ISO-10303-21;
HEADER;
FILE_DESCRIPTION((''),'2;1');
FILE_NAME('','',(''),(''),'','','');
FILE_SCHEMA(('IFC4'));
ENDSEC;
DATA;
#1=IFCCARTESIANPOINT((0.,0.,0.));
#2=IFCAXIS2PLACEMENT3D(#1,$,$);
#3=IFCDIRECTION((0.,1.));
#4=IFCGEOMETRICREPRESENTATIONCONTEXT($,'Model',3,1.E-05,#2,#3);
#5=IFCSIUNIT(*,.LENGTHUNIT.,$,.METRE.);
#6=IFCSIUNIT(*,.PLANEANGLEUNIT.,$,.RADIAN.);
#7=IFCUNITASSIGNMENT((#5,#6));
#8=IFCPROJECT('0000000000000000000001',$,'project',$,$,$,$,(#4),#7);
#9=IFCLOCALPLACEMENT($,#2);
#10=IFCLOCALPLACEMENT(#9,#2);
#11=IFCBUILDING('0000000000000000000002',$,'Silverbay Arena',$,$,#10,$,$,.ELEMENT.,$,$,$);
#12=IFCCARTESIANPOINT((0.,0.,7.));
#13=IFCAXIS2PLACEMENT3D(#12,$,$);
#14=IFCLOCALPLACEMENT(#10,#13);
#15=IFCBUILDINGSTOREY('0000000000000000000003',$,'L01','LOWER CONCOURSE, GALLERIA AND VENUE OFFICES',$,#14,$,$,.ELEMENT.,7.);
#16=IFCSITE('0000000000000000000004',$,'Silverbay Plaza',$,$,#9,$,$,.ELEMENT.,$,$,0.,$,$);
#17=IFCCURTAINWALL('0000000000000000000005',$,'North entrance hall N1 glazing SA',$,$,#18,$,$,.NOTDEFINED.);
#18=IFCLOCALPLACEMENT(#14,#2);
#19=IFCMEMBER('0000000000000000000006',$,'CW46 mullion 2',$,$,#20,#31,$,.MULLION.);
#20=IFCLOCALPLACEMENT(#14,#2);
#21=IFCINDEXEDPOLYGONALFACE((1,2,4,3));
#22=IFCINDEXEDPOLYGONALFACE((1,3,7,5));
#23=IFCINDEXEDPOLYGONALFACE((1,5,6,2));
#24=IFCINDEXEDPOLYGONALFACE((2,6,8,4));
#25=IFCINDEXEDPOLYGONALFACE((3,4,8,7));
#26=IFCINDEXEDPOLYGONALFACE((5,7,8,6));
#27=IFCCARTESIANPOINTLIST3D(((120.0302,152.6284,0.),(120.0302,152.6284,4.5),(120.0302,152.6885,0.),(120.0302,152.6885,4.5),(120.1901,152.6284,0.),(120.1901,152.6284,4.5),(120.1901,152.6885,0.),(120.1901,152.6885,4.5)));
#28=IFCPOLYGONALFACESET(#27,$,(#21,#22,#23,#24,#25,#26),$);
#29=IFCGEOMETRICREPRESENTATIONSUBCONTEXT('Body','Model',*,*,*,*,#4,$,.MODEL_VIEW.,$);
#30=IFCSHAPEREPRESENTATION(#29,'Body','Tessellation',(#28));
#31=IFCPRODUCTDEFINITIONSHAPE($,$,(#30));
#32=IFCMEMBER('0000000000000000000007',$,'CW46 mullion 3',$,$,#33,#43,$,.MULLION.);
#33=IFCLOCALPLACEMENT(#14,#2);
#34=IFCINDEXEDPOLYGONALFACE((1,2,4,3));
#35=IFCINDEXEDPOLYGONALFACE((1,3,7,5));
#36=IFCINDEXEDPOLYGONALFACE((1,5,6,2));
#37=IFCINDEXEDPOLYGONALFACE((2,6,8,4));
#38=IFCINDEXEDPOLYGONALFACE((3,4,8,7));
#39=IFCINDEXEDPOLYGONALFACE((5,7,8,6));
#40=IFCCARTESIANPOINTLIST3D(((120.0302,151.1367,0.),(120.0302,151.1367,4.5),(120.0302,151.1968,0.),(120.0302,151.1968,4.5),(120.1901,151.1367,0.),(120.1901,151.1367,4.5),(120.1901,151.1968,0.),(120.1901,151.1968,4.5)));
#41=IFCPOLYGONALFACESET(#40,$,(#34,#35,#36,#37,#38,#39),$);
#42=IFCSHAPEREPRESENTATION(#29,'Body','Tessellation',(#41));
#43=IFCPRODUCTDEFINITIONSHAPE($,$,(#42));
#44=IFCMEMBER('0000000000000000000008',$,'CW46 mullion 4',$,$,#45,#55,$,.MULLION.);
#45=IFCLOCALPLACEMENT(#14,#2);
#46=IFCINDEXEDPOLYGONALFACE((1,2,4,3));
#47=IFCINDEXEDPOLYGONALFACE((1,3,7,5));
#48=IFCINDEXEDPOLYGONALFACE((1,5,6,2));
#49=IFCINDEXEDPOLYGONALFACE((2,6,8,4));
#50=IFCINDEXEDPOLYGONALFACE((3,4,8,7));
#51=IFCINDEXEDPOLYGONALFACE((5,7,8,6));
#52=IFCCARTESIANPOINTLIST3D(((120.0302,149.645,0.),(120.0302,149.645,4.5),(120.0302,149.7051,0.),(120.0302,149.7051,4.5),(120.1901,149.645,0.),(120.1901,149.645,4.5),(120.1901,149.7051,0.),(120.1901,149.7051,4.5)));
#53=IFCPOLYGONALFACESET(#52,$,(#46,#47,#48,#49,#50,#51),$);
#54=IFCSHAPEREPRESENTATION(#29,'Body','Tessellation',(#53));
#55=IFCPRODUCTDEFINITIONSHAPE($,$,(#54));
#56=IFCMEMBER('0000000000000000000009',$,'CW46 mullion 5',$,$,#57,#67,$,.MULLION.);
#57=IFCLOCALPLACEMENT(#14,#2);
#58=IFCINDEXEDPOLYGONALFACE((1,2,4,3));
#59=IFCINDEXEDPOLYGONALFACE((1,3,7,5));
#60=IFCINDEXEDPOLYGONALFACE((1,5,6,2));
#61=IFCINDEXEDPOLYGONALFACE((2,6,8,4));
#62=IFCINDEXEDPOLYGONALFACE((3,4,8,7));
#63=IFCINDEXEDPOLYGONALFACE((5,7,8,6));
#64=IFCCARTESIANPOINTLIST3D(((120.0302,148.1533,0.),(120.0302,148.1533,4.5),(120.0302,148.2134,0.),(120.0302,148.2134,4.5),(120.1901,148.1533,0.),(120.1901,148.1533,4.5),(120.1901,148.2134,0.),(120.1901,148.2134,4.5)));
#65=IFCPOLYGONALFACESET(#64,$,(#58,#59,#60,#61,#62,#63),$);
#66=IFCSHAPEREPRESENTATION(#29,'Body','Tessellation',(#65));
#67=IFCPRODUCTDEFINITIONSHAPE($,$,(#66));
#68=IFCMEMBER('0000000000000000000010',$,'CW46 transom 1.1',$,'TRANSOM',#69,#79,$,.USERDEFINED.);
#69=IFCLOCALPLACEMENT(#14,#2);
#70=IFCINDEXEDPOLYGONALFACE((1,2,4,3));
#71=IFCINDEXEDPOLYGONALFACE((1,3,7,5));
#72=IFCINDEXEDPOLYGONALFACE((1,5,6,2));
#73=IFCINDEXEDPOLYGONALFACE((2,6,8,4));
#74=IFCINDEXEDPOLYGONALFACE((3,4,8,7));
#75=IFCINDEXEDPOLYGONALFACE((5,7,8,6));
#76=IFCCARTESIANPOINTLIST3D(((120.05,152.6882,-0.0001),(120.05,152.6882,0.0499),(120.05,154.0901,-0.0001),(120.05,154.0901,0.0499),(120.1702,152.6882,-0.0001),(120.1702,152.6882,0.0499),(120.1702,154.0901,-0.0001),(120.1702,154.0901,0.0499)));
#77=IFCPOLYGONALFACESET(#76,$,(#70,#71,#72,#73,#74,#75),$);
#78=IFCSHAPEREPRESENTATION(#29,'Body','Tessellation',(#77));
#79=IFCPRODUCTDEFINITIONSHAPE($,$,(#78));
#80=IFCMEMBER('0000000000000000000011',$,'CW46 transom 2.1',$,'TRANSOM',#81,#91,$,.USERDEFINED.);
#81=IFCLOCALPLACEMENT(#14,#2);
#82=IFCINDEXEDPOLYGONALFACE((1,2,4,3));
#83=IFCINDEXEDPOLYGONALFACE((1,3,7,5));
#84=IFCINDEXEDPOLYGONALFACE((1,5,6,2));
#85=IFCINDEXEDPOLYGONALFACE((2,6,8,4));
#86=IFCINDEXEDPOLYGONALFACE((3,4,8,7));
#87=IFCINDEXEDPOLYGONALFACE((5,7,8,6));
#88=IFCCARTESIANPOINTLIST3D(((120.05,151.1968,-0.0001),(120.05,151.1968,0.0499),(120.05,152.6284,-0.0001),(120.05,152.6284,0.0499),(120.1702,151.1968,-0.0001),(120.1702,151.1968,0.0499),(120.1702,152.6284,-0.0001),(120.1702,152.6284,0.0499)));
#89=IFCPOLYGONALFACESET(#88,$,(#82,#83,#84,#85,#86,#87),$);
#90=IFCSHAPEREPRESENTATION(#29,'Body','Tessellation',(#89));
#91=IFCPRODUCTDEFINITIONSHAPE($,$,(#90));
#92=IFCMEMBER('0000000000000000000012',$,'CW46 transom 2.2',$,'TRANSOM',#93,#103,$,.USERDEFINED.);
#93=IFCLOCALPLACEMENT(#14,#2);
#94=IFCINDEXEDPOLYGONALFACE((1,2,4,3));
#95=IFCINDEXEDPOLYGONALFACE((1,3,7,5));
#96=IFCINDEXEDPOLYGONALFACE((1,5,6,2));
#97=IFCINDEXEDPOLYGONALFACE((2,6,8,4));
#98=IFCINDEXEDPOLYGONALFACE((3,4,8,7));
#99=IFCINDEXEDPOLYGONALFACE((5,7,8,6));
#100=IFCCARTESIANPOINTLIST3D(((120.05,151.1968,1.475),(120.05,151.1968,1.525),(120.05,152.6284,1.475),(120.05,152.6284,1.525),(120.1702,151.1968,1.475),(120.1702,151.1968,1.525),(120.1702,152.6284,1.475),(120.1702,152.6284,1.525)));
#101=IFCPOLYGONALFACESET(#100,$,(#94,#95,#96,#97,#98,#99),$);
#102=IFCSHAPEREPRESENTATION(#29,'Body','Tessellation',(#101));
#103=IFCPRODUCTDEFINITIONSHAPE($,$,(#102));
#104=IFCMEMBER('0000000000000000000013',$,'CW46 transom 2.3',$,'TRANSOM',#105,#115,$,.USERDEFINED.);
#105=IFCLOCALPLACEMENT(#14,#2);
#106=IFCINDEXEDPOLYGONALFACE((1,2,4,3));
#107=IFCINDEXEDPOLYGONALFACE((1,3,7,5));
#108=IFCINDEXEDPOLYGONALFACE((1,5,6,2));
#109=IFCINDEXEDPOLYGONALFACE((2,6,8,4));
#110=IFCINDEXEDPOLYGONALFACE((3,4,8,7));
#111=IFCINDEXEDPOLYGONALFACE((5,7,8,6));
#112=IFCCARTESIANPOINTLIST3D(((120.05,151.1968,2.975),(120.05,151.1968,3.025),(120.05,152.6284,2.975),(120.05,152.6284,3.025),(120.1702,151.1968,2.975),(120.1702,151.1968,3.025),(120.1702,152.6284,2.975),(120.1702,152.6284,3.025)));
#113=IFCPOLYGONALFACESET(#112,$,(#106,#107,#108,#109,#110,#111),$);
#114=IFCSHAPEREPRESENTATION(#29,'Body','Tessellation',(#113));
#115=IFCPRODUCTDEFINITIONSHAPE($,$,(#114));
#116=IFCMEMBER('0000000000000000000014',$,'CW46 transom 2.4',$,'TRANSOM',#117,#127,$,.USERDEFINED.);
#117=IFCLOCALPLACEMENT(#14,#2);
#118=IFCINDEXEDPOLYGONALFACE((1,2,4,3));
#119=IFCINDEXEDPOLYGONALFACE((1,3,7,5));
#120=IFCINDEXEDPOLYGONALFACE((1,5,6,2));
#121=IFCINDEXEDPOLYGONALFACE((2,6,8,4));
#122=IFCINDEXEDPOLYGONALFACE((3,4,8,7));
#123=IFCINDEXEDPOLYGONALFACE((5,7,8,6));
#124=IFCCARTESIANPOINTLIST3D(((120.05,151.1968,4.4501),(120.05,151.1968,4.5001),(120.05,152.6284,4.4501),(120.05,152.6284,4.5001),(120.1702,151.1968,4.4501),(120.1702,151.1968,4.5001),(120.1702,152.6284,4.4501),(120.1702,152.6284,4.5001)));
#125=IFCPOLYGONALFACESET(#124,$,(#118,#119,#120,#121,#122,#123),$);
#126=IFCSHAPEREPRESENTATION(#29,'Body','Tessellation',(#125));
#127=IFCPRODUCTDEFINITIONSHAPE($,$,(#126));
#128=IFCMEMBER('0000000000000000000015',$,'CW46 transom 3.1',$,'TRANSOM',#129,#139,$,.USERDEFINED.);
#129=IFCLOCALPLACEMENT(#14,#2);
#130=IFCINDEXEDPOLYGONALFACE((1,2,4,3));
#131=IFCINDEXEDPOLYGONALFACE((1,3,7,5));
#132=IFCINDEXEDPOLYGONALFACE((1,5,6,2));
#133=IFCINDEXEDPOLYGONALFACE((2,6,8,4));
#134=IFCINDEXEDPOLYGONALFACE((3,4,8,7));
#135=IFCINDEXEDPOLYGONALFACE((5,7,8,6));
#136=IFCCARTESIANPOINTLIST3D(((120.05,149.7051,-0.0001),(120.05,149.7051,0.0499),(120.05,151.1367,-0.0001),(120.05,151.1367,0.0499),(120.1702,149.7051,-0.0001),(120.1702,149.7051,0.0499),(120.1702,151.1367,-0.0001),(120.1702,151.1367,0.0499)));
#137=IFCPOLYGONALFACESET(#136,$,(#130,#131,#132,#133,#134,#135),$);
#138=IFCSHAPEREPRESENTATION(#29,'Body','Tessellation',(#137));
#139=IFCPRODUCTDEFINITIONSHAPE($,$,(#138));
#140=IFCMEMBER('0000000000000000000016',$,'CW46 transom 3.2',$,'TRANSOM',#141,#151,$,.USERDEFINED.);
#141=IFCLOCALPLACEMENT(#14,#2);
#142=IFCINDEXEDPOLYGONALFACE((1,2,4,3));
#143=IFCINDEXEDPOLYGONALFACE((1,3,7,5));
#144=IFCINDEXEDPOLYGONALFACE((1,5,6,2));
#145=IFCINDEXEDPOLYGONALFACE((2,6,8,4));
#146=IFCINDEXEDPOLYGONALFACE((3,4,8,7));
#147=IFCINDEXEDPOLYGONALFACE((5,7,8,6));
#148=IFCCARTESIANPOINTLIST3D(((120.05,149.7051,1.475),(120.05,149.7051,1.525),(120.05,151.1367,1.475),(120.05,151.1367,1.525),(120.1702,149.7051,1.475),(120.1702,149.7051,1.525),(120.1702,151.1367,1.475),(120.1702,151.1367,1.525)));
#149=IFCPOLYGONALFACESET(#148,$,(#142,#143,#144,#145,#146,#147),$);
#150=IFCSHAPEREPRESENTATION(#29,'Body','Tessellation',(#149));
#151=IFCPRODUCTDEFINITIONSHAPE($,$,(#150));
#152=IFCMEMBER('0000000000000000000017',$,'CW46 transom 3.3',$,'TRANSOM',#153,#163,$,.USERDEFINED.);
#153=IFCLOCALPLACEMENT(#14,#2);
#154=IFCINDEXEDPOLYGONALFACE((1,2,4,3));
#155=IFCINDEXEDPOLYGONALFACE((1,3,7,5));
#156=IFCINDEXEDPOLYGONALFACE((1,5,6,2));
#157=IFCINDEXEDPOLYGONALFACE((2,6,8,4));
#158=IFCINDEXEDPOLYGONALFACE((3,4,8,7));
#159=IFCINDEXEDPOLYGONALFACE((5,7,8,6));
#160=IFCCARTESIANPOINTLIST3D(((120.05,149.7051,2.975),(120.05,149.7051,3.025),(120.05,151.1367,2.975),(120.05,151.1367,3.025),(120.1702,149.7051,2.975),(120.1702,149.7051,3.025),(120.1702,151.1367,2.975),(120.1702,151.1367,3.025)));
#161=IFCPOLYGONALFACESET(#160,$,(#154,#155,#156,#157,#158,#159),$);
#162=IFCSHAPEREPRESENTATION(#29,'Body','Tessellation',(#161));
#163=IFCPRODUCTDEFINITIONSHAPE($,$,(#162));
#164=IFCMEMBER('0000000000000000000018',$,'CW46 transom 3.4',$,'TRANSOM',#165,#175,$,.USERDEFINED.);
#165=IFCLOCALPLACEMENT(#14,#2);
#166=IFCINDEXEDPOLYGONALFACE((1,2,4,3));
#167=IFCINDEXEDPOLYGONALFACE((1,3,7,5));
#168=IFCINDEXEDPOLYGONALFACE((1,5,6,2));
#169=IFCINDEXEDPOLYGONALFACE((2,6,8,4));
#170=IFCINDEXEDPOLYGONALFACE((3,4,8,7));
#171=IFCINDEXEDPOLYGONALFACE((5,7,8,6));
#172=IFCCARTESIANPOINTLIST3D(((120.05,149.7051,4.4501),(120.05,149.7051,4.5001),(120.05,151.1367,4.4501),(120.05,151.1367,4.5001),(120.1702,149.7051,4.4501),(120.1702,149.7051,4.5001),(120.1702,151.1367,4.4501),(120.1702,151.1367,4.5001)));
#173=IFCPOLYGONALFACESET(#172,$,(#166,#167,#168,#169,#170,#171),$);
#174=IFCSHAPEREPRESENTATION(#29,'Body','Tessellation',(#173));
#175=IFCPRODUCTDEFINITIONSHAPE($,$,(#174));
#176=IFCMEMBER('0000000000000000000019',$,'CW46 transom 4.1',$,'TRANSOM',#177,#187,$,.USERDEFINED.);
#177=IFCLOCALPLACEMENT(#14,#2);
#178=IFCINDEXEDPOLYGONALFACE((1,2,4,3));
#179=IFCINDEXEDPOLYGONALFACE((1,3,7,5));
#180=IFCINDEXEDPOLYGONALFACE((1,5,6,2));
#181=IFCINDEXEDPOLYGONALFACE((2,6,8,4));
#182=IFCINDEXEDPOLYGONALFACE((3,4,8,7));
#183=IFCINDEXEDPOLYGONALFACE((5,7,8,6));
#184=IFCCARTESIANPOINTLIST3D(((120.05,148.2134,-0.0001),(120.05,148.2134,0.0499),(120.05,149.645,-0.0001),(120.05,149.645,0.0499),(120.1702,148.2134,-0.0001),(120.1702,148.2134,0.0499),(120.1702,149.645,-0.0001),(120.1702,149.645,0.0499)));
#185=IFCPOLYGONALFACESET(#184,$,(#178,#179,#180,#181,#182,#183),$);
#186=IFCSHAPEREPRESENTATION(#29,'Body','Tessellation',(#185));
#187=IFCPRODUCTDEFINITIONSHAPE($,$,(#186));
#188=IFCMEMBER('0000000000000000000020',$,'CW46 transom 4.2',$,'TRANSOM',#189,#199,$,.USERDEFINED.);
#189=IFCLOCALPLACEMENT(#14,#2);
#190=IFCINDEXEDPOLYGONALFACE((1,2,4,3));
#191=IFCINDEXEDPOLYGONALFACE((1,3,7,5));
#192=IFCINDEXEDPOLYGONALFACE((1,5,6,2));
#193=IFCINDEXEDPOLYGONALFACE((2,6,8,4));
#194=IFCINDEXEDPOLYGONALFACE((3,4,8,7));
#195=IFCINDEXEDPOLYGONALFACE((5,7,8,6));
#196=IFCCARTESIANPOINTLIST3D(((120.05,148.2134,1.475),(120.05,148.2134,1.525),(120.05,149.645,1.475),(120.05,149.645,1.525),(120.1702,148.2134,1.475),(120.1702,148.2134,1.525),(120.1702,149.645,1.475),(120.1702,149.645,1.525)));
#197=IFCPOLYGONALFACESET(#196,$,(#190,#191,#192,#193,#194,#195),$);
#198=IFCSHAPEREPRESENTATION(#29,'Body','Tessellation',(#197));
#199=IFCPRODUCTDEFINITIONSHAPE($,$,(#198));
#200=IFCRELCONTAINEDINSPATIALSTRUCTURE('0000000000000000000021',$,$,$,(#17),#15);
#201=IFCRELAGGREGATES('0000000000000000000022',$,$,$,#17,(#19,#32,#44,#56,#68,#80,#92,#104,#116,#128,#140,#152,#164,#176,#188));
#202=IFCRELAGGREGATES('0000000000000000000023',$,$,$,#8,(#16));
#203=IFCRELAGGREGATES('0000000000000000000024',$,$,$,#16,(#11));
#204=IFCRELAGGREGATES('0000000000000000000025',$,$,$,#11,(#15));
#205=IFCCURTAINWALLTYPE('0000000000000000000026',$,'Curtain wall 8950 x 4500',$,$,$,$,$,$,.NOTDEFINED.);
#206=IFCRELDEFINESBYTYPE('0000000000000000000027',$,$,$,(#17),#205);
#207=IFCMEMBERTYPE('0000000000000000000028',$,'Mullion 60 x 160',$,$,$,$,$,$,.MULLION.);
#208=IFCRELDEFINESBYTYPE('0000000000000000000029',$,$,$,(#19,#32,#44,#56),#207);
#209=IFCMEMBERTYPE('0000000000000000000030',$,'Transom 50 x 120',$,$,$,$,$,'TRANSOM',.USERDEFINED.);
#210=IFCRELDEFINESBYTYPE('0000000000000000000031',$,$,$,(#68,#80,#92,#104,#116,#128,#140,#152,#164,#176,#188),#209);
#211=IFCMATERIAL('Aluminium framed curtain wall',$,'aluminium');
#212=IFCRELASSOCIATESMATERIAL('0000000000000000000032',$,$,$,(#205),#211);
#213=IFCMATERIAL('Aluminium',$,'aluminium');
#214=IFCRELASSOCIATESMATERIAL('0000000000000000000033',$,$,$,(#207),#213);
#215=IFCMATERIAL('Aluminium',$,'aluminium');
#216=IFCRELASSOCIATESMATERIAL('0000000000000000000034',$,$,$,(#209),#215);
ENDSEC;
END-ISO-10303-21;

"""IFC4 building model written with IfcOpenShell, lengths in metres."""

from ifc_helpers import new_model, si_unit, direction, frame, origin, origin_2d, place, context, subcontext, project, spatial, rectangle, extrude, material, material_profile, profile_set, type_object, element, aggregate, save


model = new_model("IFC4")

# Units and contexts
model_context = context("Model", 3, precision=1e-05, world=origin(), true_north=direction((0.0, 1.0)))
body_context = subcontext(model_context, "Body", "Model", "MODEL_VIEW")
ifc_project = project(units=[si_unit("LENGTHUNIT", "METRE"), si_unit("PLANEANGLEUNIT", "RADIAN")], contexts=[model_context])

# Site, building, storey
site_placement = place(None, origin())
site = spatial("IfcSite", under=ifc_project, at=site_placement, Name="Silverbay Plaza", CompositionType="ELEMENT", RefElevation=0.0)
building_placement = place(site_placement, origin())
building = spatial("IfcBuilding", under=site, at=building_placement, Name="Silverbay Arena", CompositionType="ELEMENT")
storey_placement = place(building_placement, frame((0.0, 0.0, 7.0)))
storey = spatial("IfcBuildingStorey", under=building, at=storey_placement, Name="L01", Description="LOWER CONCOURSE, GALLERIA AND VENUE OFFICES", CompositionType="ELEMENT", Elevation=7.0)

# Curtain wall, members
ifc_material_1 = material(Name="Aluminium framed curtain wall", Category="aluminium")
curtain_wall_type = type_object("IfcCurtainWallType", Name="Curtain wall 8950 x 4500", PredefinedType="NOTDEFINED", material=ifc_material_1)
curtain_wall_placement = place(storey_placement, origin())
curtain_wall = element("IfcCurtainWall", 1, at=curtain_wall_placement, inside=storey, type_object=curtain_wall_type, Name="North entrance hall N1 glazing SA", PredefinedType="NOTDEFINED")
ifc_material_2 = material(Name="Aluminium", Category="aluminium")
ifc_material_profile_1 = material_profile(ifc_material_2, rectangle(XDim=0.1599, YDim=0.0601, at=origin_2d()), Name="Mullion 60 x 160")
ifc_profile_set_1 = profile_set([ifc_material_profile_1], Name="Aluminium")
member_type_1 = type_object("IfcMemberType", Name="Mullion 60 x 160", PredefinedType="MULLION", material=ifc_profile_set_1)
member_1_placement = place(storey_placement, frame((120.1101, 152.6584, 0.0), z_axis=(0.0, 0.0, 1.0), x_axis=(1.0, 0.0, 0.0)))
member_1 = element("IfcMember", 2, at=member_1_placement, type_object=member_type_1, Name="CW46 mullion 2", PredefinedType="MULLION", context=body_context, shape_type="SweptSolid", body=[
    extrude(rectangle(XDim=0.1599, YDim=0.0601, at=origin_2d()), origin(), (0.0, 0.0, 1.0), 4.5),
])
member_2_placement = place(storey_placement, frame((120.1101, 151.1667, 0.0), z_axis=(0.0, 0.0, 1.0), x_axis=(1.0, 0.0, 0.0)))
member_2 = element("IfcMember", 3, at=member_2_placement, type_object=member_type_1, Name="CW46 mullion 3", PredefinedType="MULLION", context=body_context, shape_type="SweptSolid", body=[
    extrude(rectangle(XDim=0.1599, YDim=0.0601, at=origin_2d()), origin(), (0.0, 0.0, 1.0), 4.5),
])
member_3_placement = place(storey_placement, frame((120.1101, 149.675, 0.0), z_axis=(0.0, 0.0, 1.0), x_axis=(1.0, 0.0, 0.0)))
member_3 = element("IfcMember", 4, at=member_3_placement, type_object=member_type_1, Name="CW46 mullion 4", PredefinedType="MULLION", context=body_context, shape_type="SweptSolid", body=[
    extrude(rectangle(XDim=0.1599, YDim=0.0601, at=origin_2d()), origin(), (0.0, 0.0, 1.0), 4.5),
])
member_4_placement = place(storey_placement, frame((120.1101, 148.1833, 0.0), z_axis=(0.0, 0.0, 1.0), x_axis=(1.0, 0.0, 0.0)))
member_4 = element("IfcMember", 5, at=member_4_placement, type_object=member_type_1, Name="CW46 mullion 5", PredefinedType="MULLION", context=body_context, shape_type="SweptSolid", body=[
    extrude(rectangle(XDim=0.1599, YDim=0.0601, at=origin_2d()), origin(), (0.0, 0.0, 1.0), 4.5),
])
ifc_material_3 = material(Name="Aluminium", Category="aluminium")
ifc_material_profile_2 = material_profile(ifc_material_3, rectangle(XDim=0.1201, YDim=0.05, at=origin_2d()), Name="Transom 50 x 120")
ifc_profile_set_2 = profile_set([ifc_material_profile_2], Name="Aluminium")
member_type_2 = type_object("IfcMemberType", Name="Transom 50 x 120", ElementType="TRANSOM", PredefinedType="USERDEFINED", material=ifc_profile_set_2)
member_5_placement = place(storey_placement, frame((120.1101, 154.0901, 0.0249), z_axis=(0.0, -1.0, 0.0), x_axis=(1.0, 0.0, 0.0)))
member_5 = element("IfcMember", 6, at=member_5_placement, type_object=member_type_2, Name="CW46 transom 1.1", ObjectType="TRANSOM", PredefinedType="USERDEFINED", context=body_context, shape_type="SweptSolid", body=[
    extrude(rectangle(XDim=0.1201, YDim=0.05, at=origin_2d()), origin(), (0.0, 0.0, 1.0), 1.4019),
])
member_6_placement = place(storey_placement, frame((120.1101, 152.6284, 0.0249), z_axis=(0.0, -1.0, 0.0), x_axis=(1.0, 0.0, 0.0)))
member_6 = element("IfcMember", 7, at=member_6_placement, type_object=member_type_2, Name="CW46 transom 2.1", ObjectType="TRANSOM", PredefinedType="USERDEFINED", context=body_context, shape_type="SweptSolid", body=[
    extrude(rectangle(XDim=0.1201, YDim=0.05, at=origin_2d()), origin(), (0.0, 0.0, 1.0), 1.4316),
])
member_7_placement = place(storey_placement, frame((120.1101, 152.6284, 1.5), z_axis=(0.0, -1.0, 0.0), x_axis=(1.0, 0.0, 0.0)))
member_7 = element("IfcMember", 8, at=member_7_placement, type_object=member_type_2, Name="CW46 transom 2.2", ObjectType="TRANSOM", PredefinedType="USERDEFINED", context=body_context, shape_type="SweptSolid", body=[
    extrude(rectangle(XDim=0.1201, YDim=0.05, at=origin_2d()), origin(), (0.0, 0.0, 1.0), 1.4316),
])
member_8_placement = place(storey_placement, frame((120.1101, 152.6284, 3.0), z_axis=(0.0, -1.0, 0.0), x_axis=(1.0, 0.0, 0.0)))
member_8 = element("IfcMember", 9, at=member_8_placement, type_object=member_type_2, Name="CW46 transom 2.3", ObjectType="TRANSOM", PredefinedType="USERDEFINED", context=body_context, shape_type="SweptSolid", body=[
    extrude(rectangle(XDim=0.1201, YDim=0.05, at=origin_2d()), origin(), (0.0, 0.0, 1.0), 1.4316),
])
member_9_placement = place(storey_placement, frame((120.1101, 152.6284, 4.4751), z_axis=(0.0, -1.0, 0.0), x_axis=(1.0, 0.0, 0.0)))
member_9 = element("IfcMember", 10, at=member_9_placement, type_object=member_type_2, Name="CW46 transom 2.4", ObjectType="TRANSOM", PredefinedType="USERDEFINED", context=body_context, shape_type="SweptSolid", body=[
    extrude(rectangle(XDim=0.1201, YDim=0.05, at=origin_2d()), origin(), (0.0, 0.0, 1.0), 1.4316),
])
member_10_placement = place(storey_placement, frame((120.1101, 151.1367, 0.0249), z_axis=(0.0, -1.0, 0.0), x_axis=(1.0, 0.0, 0.0)))
member_10 = element("IfcMember", 11, at=member_10_placement, type_object=member_type_2, Name="CW46 transom 3.1", ObjectType="TRANSOM", PredefinedType="USERDEFINED", context=body_context, shape_type="SweptSolid", body=[
    extrude(rectangle(XDim=0.1201, YDim=0.05, at=origin_2d()), origin(), (0.0, 0.0, 1.0), 1.4316),
])
member_11_placement = place(storey_placement, frame((120.1101, 151.1367, 1.5), z_axis=(0.0, -1.0, 0.0), x_axis=(1.0, 0.0, 0.0)))
member_11 = element("IfcMember", 12, at=member_11_placement, type_object=member_type_2, Name="CW46 transom 3.2", ObjectType="TRANSOM", PredefinedType="USERDEFINED", context=body_context, shape_type="SweptSolid", body=[
    extrude(rectangle(XDim=0.1201, YDim=0.05, at=origin_2d()), origin(), (0.0, 0.0, 1.0), 1.4316),
])
member_12_placement = place(storey_placement, frame((120.1101, 151.1367, 3.0), z_axis=(0.0, -1.0, 0.0), x_axis=(1.0, 0.0, 0.0)))
member_12 = element("IfcMember", 13, at=member_12_placement, type_object=member_type_2, Name="CW46 transom 3.3", ObjectType="TRANSOM", PredefinedType="USERDEFINED", context=body_context, shape_type="SweptSolid", body=[
    extrude(rectangle(XDim=0.1201, YDim=0.05, at=origin_2d()), origin(), (0.0, 0.0, 1.0), 1.4316),
])
member_13_placement = place(storey_placement, frame((120.1101, 151.1367, 4.4751), z_axis=(0.0, -1.0, 0.0), x_axis=(1.0, 0.0, 0.0)))
member_13 = element("IfcMember", 14, at=member_13_placement, type_object=member_type_2, Name="CW46 transom 3.4", ObjectType="TRANSOM", PredefinedType="USERDEFINED", context=body_context, shape_type="SweptSolid", body=[
    extrude(rectangle(XDim=0.1201, YDim=0.05, at=origin_2d()), origin(), (0.0, 0.0, 1.0), 1.4316),
])
member_14_placement = place(storey_placement, frame((120.1101, 149.645, 0.0249), z_axis=(0.0, -1.0, 0.0), x_axis=(1.0, 0.0, 0.0)))
member_14 = element("IfcMember", 15, at=member_14_placement, type_object=member_type_2, Name="CW46 transom 4.1", ObjectType="TRANSOM", PredefinedType="USERDEFINED", context=body_context, shape_type="SweptSolid", body=[
    extrude(rectangle(XDim=0.1201, YDim=0.05, at=origin_2d()), origin(), (0.0, 0.0, 1.0), 1.4316),
])
member_15_placement = place(storey_placement, frame((120.1101, 149.645, 1.5), z_axis=(0.0, -1.0, 0.0), x_axis=(1.0, 0.0, 0.0)))
member_15 = element("IfcMember", 16, at=member_15_placement, type_object=member_type_2, Name="CW46 transom 4.2", ObjectType="TRANSOM", PredefinedType="USERDEFINED", context=body_context, shape_type="SweptSolid", body=[
    extrude(rectangle(XDim=0.1201, YDim=0.05, at=origin_2d()), origin(), (0.0, 0.0, 1.0), 1.4316),
])
aggregate(curtain_wall, [member_1, member_2, member_3, member_4, member_5, member_6, member_7, member_8, member_9, member_10, member_11, member_12, member_13, member_14, member_15])

save(model, "model.ifc")
